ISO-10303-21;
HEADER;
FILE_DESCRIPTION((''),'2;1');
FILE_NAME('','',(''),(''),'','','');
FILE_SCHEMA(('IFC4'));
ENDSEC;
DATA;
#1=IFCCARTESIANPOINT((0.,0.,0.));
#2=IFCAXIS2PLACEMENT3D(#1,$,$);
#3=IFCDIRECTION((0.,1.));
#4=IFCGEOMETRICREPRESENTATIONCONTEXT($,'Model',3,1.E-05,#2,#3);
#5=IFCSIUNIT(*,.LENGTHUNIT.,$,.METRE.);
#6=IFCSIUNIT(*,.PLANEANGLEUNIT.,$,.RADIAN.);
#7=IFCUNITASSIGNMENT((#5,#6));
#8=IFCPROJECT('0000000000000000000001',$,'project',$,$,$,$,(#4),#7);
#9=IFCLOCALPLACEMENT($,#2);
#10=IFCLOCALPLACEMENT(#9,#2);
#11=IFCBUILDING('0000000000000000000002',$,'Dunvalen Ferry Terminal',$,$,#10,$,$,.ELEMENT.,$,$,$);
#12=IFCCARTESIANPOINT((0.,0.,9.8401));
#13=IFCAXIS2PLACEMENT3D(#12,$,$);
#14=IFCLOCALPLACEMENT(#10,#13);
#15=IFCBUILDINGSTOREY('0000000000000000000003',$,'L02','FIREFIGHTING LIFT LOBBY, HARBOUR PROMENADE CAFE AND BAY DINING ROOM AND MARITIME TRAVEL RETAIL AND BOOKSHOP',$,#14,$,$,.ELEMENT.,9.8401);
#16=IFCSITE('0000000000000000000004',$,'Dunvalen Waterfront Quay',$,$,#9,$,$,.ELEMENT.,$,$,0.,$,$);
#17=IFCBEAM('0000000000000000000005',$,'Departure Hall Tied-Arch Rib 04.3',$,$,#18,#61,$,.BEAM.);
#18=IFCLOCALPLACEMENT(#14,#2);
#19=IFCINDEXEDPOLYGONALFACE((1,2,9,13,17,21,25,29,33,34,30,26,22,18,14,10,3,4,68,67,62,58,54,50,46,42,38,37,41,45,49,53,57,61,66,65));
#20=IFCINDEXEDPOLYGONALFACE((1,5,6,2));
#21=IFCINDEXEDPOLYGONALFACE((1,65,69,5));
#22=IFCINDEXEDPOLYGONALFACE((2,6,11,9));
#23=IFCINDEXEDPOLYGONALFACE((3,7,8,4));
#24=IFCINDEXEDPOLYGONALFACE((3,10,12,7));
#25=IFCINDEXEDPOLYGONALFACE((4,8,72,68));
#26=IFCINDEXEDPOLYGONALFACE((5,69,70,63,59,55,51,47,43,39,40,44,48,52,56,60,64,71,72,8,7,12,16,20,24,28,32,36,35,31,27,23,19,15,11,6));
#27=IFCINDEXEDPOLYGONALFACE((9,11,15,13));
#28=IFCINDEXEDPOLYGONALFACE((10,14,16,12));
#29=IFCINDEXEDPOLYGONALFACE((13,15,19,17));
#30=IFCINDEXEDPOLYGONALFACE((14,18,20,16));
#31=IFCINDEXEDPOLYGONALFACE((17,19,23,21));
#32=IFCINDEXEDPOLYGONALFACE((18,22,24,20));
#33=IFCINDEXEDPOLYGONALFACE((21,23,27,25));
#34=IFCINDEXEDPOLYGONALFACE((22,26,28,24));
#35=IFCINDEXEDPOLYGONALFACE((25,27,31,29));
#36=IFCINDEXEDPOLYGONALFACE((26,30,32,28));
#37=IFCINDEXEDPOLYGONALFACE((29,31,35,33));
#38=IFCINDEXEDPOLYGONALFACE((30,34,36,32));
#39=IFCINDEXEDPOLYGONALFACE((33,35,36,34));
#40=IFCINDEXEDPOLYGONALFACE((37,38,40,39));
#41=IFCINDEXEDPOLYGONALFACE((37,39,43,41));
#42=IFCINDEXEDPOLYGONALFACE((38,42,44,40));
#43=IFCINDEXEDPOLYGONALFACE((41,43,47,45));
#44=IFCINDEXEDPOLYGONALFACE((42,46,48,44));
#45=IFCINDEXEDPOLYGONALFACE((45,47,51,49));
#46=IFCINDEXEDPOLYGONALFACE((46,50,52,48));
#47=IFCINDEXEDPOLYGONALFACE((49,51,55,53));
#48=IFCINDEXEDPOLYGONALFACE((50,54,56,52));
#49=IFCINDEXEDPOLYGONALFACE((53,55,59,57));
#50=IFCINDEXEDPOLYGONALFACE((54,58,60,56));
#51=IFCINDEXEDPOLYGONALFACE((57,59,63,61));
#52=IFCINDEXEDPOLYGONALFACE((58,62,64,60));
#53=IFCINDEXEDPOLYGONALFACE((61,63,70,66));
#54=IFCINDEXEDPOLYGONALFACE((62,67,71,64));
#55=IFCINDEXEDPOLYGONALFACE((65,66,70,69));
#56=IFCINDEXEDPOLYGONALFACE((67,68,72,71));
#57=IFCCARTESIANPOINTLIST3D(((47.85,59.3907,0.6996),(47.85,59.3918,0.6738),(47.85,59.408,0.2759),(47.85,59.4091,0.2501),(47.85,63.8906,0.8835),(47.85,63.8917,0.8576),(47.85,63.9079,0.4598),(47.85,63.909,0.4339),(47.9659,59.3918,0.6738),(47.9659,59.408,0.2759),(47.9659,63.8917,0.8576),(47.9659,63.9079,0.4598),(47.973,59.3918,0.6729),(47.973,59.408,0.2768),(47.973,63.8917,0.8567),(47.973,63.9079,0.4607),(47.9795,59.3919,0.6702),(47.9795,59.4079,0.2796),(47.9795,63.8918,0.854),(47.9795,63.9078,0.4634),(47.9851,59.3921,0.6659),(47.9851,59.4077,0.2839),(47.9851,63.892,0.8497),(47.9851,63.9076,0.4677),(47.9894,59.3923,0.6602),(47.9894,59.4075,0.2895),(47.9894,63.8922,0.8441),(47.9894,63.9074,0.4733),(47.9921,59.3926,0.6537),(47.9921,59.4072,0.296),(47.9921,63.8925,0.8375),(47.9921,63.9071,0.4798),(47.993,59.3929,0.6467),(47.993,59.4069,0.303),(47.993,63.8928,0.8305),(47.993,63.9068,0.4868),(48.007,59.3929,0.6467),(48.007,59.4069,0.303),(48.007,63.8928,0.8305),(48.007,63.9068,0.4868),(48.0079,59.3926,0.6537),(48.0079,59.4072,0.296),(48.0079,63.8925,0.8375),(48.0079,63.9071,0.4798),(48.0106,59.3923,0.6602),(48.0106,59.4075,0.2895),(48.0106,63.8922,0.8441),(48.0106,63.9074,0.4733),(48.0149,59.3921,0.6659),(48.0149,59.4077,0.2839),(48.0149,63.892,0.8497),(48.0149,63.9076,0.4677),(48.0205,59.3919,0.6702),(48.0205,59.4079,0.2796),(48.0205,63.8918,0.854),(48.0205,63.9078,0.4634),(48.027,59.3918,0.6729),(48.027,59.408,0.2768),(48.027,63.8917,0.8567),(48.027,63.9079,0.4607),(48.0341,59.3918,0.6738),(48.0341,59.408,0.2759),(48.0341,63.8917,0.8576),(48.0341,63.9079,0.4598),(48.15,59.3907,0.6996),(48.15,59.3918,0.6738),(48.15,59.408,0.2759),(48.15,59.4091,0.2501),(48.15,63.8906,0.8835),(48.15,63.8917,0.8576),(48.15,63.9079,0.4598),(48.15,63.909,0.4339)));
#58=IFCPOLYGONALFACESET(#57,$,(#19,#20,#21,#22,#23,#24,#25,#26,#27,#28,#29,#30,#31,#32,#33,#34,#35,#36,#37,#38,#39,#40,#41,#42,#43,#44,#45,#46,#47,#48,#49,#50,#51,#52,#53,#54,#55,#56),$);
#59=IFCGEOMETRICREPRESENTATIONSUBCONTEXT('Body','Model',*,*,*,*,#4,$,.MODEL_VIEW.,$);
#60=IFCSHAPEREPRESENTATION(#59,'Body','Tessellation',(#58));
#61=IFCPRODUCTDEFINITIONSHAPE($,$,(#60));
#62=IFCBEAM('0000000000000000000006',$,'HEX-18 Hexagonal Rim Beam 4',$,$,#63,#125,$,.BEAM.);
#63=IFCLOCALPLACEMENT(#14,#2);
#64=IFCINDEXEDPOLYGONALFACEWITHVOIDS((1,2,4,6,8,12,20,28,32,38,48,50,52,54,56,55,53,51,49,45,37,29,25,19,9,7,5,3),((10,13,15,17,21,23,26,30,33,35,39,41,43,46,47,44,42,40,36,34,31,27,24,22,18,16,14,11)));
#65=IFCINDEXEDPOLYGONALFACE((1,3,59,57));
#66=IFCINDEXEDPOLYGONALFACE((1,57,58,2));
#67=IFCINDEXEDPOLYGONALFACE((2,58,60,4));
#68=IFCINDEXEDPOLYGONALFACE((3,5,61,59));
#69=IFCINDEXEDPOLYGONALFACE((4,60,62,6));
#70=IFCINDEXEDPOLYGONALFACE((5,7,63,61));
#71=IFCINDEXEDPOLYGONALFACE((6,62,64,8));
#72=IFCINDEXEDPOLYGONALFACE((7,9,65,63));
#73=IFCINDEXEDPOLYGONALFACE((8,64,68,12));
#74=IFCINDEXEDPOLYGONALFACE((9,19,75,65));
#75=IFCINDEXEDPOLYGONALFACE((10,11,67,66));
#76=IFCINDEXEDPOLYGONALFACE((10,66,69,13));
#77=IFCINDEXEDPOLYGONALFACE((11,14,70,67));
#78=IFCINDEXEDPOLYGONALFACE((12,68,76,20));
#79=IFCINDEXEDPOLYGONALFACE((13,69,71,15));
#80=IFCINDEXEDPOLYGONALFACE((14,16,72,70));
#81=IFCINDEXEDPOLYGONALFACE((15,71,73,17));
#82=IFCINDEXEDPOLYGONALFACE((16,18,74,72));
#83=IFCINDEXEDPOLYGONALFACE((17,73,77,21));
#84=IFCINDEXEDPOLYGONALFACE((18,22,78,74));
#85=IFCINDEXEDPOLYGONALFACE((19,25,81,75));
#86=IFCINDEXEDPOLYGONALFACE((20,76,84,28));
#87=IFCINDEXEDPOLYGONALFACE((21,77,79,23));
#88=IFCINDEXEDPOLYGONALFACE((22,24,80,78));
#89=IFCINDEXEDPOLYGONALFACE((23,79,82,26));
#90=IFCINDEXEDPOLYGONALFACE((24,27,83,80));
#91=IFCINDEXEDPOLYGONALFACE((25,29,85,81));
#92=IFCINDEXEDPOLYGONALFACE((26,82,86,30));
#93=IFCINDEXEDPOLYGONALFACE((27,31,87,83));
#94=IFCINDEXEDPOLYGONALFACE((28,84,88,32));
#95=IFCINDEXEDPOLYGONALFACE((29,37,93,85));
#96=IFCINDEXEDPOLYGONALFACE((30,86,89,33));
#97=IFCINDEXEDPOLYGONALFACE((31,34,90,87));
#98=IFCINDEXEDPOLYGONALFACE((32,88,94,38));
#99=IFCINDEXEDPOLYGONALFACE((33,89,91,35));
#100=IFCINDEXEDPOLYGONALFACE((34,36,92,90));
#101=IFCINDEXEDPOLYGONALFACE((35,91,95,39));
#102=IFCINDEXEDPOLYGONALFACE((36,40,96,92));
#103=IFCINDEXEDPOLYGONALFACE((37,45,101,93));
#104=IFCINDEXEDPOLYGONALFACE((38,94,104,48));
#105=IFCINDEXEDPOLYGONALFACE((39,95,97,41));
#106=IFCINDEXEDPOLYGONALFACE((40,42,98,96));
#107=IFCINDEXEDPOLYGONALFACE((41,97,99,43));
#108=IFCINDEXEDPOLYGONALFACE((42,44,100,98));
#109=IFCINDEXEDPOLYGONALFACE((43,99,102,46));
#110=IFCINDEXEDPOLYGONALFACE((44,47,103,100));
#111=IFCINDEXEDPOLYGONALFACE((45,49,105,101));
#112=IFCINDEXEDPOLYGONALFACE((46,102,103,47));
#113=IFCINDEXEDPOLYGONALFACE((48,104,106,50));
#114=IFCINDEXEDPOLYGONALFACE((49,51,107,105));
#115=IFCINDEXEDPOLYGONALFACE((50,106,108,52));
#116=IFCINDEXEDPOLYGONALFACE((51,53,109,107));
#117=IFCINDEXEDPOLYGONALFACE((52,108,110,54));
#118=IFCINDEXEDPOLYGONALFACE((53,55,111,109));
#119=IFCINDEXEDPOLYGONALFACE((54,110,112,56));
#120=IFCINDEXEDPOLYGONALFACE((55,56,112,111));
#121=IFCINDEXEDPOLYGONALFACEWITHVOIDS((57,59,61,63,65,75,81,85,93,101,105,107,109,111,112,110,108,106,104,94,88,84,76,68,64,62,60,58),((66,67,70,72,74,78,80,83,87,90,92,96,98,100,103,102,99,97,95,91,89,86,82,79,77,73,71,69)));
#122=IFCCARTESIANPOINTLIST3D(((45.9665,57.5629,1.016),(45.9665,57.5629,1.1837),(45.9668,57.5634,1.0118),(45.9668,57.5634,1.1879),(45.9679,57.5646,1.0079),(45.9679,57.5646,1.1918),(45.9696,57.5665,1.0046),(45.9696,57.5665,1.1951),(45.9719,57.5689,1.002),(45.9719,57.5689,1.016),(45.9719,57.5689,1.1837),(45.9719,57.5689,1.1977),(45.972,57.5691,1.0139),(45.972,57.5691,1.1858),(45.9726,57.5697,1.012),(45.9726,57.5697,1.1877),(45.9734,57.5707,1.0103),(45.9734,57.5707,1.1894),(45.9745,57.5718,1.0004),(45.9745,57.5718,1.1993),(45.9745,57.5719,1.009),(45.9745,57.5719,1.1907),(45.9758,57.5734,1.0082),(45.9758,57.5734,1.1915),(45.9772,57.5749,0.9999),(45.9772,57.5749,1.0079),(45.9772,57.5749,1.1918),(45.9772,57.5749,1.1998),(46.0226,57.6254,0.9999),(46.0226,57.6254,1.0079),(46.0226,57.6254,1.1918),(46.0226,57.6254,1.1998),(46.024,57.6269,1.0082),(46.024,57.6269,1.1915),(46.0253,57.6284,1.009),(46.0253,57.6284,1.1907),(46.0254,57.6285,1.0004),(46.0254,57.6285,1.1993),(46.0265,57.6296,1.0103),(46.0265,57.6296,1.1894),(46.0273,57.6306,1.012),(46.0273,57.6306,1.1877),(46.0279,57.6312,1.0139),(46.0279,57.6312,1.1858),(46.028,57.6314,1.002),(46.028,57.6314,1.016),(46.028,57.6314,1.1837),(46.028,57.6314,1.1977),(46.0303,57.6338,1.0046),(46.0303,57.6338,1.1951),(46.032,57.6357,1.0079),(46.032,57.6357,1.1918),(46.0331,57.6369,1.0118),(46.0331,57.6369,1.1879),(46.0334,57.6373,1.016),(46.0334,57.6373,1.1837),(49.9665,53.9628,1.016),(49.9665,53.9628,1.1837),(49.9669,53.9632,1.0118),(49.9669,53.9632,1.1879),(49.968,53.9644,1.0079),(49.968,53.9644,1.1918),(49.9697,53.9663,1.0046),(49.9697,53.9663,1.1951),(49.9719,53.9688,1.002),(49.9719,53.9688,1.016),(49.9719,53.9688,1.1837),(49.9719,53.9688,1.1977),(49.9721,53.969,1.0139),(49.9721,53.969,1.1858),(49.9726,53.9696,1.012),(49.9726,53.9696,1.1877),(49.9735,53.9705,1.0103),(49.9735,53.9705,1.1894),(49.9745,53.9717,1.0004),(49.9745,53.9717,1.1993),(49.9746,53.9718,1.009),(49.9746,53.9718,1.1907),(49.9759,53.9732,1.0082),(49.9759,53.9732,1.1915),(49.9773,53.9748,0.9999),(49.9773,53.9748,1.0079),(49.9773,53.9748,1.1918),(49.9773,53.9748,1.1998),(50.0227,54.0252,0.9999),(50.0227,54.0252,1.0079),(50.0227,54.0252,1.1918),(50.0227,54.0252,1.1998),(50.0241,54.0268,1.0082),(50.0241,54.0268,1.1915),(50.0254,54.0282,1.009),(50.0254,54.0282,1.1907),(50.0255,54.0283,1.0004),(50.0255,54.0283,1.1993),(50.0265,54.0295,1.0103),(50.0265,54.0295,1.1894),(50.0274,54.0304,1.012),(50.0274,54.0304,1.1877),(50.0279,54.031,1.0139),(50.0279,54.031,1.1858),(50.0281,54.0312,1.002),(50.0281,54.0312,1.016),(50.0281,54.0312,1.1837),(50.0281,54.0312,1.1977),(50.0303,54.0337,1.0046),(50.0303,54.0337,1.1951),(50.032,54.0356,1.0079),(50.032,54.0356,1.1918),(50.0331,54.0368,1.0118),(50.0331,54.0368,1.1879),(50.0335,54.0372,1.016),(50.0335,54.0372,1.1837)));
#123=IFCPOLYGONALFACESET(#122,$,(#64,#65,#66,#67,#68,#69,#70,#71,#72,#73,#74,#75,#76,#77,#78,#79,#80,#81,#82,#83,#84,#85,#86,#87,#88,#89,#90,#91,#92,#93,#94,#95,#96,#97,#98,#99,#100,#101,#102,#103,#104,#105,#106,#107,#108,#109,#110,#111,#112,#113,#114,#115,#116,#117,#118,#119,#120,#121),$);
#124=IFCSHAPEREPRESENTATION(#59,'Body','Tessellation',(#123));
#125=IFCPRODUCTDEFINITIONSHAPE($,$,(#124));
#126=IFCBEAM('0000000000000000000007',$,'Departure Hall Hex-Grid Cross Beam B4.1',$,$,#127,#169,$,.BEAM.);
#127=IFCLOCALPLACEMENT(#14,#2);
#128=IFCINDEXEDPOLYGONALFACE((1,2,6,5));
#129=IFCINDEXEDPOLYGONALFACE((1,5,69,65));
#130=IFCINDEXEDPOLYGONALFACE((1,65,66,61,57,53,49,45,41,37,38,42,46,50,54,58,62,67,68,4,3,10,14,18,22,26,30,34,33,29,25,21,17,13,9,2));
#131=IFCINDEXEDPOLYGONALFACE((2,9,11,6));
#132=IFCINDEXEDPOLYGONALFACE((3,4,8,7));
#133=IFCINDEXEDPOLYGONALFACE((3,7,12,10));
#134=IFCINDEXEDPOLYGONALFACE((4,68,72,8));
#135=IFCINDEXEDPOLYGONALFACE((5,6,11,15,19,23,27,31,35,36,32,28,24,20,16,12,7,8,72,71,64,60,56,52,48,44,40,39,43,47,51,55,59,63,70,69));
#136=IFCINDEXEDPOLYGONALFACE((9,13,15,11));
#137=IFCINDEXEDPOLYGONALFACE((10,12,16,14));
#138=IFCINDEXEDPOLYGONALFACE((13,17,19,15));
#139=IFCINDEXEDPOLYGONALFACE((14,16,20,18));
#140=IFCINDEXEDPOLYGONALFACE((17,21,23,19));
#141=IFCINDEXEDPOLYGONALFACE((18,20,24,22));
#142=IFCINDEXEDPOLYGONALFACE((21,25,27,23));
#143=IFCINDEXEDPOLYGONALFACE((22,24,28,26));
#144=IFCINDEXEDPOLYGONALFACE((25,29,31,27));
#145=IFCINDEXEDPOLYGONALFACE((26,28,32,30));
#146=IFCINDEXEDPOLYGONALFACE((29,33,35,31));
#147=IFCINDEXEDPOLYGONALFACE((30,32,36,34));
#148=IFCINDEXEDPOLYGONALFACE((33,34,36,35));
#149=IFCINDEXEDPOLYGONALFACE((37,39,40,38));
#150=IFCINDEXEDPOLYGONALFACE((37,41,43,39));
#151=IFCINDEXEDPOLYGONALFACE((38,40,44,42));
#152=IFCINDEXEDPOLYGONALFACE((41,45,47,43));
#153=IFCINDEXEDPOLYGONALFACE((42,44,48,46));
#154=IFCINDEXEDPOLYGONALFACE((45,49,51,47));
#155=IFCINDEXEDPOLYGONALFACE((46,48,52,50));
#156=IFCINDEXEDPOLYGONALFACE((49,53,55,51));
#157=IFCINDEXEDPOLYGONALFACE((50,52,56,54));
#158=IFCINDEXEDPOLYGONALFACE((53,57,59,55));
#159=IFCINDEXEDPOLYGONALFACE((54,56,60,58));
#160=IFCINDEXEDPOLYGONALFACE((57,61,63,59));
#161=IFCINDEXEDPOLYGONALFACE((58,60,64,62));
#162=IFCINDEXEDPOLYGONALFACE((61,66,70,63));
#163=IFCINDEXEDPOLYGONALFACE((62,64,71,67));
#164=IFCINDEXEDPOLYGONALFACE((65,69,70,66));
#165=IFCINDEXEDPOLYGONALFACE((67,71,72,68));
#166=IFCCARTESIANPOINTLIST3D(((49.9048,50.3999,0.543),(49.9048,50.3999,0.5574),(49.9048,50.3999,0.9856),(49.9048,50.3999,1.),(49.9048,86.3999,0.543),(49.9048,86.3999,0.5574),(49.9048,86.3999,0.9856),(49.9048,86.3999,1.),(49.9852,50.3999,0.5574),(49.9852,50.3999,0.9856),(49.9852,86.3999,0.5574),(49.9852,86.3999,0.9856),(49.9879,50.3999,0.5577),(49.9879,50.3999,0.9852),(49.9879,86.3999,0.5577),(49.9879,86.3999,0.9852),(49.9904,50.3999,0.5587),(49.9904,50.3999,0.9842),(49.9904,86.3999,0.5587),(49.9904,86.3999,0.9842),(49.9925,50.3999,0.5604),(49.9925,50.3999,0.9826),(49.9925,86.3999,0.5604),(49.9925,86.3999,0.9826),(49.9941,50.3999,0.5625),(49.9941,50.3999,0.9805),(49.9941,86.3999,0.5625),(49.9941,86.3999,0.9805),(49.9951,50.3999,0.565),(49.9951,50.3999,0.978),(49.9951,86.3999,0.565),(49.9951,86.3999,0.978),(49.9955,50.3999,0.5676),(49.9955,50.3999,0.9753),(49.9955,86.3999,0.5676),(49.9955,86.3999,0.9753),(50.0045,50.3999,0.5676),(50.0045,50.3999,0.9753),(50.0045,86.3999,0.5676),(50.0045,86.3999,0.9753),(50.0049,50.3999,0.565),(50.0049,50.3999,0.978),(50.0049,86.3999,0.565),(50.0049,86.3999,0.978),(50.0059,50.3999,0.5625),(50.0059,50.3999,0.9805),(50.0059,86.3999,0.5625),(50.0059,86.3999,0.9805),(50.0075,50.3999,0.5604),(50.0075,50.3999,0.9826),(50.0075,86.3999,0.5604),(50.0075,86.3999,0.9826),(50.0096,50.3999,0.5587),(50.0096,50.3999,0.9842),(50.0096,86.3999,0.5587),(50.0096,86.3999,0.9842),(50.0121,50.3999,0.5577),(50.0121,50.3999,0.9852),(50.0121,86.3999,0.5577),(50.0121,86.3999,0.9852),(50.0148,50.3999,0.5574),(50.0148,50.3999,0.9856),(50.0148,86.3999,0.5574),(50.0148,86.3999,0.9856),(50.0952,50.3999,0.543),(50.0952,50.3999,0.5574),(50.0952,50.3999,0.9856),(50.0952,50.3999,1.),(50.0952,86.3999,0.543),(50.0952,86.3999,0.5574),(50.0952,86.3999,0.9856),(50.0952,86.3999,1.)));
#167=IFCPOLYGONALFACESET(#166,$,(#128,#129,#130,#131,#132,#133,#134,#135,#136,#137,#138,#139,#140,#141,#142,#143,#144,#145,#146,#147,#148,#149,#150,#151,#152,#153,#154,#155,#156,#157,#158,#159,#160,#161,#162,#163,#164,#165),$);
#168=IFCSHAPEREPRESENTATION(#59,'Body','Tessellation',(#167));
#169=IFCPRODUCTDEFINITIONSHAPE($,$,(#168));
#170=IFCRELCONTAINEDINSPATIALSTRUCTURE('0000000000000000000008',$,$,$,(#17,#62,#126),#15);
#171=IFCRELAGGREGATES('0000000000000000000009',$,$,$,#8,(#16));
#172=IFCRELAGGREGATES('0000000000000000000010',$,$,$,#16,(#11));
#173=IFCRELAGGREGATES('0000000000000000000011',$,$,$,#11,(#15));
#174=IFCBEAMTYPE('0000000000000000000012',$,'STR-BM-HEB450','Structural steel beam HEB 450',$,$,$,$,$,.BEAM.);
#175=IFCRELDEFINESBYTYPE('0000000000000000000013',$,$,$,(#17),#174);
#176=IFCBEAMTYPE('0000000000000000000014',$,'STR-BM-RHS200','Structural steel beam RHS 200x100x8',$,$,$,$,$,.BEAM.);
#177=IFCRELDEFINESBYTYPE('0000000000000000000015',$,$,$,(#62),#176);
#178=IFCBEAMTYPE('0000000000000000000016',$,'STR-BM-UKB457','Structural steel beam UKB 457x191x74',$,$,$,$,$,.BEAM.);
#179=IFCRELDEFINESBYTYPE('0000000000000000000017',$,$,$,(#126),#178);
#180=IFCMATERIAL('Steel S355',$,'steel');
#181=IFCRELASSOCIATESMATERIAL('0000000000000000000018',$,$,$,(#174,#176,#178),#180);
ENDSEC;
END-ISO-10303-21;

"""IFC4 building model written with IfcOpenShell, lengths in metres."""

from ifc_helpers import new_model, si_unit, direction, frame, origin, origin_2d, place, context, subcontext, project, spatial, hollow_rectangle, i_section, extrude, material, material_profile, profile_set, type_object, element, save


model = new_model("IFC4")

# Units and contexts
model_context = context("Model", 3, precision=1e-05, world=origin(), true_north=direction((0.0, 1.0)))
body_context = subcontext(model_context, "Body", "Model", "MODEL_VIEW")
ifc_project = project(units=[si_unit("LENGTHUNIT", "METRE"), si_unit("PLANEANGLEUNIT", "RADIAN")], contexts=[model_context])

# Site, building, storey
site_placement = place(None, origin())
site = spatial("IfcSite", under=ifc_project, at=site_placement, Name="Dunvalen Waterfront Quay", CompositionType="ELEMENT", RefElevation=0.0)
building_placement = place(site_placement, origin())
building = spatial("IfcBuilding", under=site, at=building_placement, Name="Dunvalen Ferry Terminal", CompositionType="ELEMENT")
storey_placement = place(building_placement, frame((0.0, 0.0, 9.8401)))
storey = spatial("IfcBuildingStorey", under=building, at=storey_placement, Name="L02", Description="FIREFIGHTING LIFT LOBBY, HARBOUR PROMENADE CAFE AND BAY DINING ROOM AND MARITIME TRAVEL RETAIL AND BOOKSHOP", CompositionType="ELEMENT", Elevation=9.8401)

# Beams
ifc_material_1 = material(Name="Steel S355", Category="steel")
ifc_material_profile_1 = material_profile(ifc_material_1, i_section(OverallWidth=0.3, OverallDepth=0.45, WebThickness=0.0139, FlangeThickness=0.0259, FilletRadius=0.0271, at=origin_2d()), Name="Steel S355")
ifc_profile_set_1 = profile_set([ifc_material_profile_1], Name="Steel S355")
beam_type_1 = type_object("IfcBeamType", Name="STR-BM-HEB450", Description="Structural steel beam HEB 450", PredefinedType="BEAM", material=ifc_profile_set_1)
beam_1_placement = place(storey_placement, frame((48.0, 59.3999, 0.4749), z_axis=(0.0, 0.999167, 0.040819), x_axis=(-1.0, 0.0, 0.0)))
element("IfcBeam", 1, at=beam_1_placement, inside=storey, type_object=beam_type_1, Name="Departure Hall Tied-Arch Rib 04.3", PredefinedType="BEAM", context=body_context, shape_type="SweptSolid", body=[
    extrude(i_section(OverallWidth=0.3, OverallDepth=0.45, WebThickness=0.0139, FlangeThickness=0.0259, FilletRadius=0.0271, at=origin_2d()), origin(), (0.0, 0.0, 1.0), 4.5037),
])
ifc_material_profile_2 = material_profile(ifc_material_1, hollow_rectangle(XDim=0.1001, YDim=0.2, WallThickness=0.0081, InnerFilletRadius=0.0081, OuterFilletRadius=0.0161, at=origin_2d()), Name="Steel S355")
ifc_profile_set_2 = profile_set([ifc_material_profile_2], Name="Steel S355")
beam_type_2 = type_object("IfcBeamType", Name="STR-BM-RHS200", Description="Structural steel beam RHS 200x100x8", PredefinedType="BEAM", material=ifc_profile_set_2)
beam_2_placement = place(storey_placement, frame((50.0, 54.0, 1.0999), z_axis=(-0.743285, 0.668975, 0.0), x_axis=(-0.668975, -0.743285, 0.0)))
element("IfcBeam", 2, at=beam_2_placement, inside=storey, type_object=beam_type_2, Name="HEX-18 Hexagonal Rim Beam 4", PredefinedType="BEAM", context=body_context, shape_type="SweptSolid", body=[
    extrude(hollow_rectangle(XDim=0.1001, YDim=0.2, WallThickness=0.0081, InnerFilletRadius=0.0081, OuterFilletRadius=0.0161, at=origin_2d()), origin(), (0.0, 0.0, 1.0), 5.3816),
])
ifc_material_profile_3 = material_profile(ifc_material_1, i_section(OverallWidth=0.1904, OverallDepth=0.457, WebThickness=0.009, FlangeThickness=0.0144, FilletRadius=0.0103, at=origin_2d()), Name="Steel S355")
ifc_profile_set_3 = profile_set([ifc_material_profile_3], Name="Steel S355")
beam_type_3 = type_object("IfcBeamType", Name="STR-BM-UKB457", Description="Structural steel beam UKB 457x191x74", PredefinedType="BEAM", material=ifc_profile_set_3)
for number, where, z_axis, x_axis, name in (
    (3, (50.0, 50.3999, 0.7715), (0.0, 1.0, 0.0), (-1.0, 0.0, 0.0), "Departure Hall Hex-Grid Cross Beam B4.1"),
):
    element("IfcBeam", number, at=place(storey_placement, frame(where, z_axis=z_axis, x_axis=x_axis)), inside=storey, type_object=beam_type_3, Name=name, PredefinedType="BEAM", context=body_context, shape_type="SweptSolid", body=[
        extrude(i_section(OverallWidth=0.1904, OverallDepth=0.457, WebThickness=0.009, FlangeThickness=0.0144, FilletRadius=0.0103, at=origin_2d()), origin(), (0.0, 0.0, 1.0), 36.0),
    ])

save(model, "model.ifc")
